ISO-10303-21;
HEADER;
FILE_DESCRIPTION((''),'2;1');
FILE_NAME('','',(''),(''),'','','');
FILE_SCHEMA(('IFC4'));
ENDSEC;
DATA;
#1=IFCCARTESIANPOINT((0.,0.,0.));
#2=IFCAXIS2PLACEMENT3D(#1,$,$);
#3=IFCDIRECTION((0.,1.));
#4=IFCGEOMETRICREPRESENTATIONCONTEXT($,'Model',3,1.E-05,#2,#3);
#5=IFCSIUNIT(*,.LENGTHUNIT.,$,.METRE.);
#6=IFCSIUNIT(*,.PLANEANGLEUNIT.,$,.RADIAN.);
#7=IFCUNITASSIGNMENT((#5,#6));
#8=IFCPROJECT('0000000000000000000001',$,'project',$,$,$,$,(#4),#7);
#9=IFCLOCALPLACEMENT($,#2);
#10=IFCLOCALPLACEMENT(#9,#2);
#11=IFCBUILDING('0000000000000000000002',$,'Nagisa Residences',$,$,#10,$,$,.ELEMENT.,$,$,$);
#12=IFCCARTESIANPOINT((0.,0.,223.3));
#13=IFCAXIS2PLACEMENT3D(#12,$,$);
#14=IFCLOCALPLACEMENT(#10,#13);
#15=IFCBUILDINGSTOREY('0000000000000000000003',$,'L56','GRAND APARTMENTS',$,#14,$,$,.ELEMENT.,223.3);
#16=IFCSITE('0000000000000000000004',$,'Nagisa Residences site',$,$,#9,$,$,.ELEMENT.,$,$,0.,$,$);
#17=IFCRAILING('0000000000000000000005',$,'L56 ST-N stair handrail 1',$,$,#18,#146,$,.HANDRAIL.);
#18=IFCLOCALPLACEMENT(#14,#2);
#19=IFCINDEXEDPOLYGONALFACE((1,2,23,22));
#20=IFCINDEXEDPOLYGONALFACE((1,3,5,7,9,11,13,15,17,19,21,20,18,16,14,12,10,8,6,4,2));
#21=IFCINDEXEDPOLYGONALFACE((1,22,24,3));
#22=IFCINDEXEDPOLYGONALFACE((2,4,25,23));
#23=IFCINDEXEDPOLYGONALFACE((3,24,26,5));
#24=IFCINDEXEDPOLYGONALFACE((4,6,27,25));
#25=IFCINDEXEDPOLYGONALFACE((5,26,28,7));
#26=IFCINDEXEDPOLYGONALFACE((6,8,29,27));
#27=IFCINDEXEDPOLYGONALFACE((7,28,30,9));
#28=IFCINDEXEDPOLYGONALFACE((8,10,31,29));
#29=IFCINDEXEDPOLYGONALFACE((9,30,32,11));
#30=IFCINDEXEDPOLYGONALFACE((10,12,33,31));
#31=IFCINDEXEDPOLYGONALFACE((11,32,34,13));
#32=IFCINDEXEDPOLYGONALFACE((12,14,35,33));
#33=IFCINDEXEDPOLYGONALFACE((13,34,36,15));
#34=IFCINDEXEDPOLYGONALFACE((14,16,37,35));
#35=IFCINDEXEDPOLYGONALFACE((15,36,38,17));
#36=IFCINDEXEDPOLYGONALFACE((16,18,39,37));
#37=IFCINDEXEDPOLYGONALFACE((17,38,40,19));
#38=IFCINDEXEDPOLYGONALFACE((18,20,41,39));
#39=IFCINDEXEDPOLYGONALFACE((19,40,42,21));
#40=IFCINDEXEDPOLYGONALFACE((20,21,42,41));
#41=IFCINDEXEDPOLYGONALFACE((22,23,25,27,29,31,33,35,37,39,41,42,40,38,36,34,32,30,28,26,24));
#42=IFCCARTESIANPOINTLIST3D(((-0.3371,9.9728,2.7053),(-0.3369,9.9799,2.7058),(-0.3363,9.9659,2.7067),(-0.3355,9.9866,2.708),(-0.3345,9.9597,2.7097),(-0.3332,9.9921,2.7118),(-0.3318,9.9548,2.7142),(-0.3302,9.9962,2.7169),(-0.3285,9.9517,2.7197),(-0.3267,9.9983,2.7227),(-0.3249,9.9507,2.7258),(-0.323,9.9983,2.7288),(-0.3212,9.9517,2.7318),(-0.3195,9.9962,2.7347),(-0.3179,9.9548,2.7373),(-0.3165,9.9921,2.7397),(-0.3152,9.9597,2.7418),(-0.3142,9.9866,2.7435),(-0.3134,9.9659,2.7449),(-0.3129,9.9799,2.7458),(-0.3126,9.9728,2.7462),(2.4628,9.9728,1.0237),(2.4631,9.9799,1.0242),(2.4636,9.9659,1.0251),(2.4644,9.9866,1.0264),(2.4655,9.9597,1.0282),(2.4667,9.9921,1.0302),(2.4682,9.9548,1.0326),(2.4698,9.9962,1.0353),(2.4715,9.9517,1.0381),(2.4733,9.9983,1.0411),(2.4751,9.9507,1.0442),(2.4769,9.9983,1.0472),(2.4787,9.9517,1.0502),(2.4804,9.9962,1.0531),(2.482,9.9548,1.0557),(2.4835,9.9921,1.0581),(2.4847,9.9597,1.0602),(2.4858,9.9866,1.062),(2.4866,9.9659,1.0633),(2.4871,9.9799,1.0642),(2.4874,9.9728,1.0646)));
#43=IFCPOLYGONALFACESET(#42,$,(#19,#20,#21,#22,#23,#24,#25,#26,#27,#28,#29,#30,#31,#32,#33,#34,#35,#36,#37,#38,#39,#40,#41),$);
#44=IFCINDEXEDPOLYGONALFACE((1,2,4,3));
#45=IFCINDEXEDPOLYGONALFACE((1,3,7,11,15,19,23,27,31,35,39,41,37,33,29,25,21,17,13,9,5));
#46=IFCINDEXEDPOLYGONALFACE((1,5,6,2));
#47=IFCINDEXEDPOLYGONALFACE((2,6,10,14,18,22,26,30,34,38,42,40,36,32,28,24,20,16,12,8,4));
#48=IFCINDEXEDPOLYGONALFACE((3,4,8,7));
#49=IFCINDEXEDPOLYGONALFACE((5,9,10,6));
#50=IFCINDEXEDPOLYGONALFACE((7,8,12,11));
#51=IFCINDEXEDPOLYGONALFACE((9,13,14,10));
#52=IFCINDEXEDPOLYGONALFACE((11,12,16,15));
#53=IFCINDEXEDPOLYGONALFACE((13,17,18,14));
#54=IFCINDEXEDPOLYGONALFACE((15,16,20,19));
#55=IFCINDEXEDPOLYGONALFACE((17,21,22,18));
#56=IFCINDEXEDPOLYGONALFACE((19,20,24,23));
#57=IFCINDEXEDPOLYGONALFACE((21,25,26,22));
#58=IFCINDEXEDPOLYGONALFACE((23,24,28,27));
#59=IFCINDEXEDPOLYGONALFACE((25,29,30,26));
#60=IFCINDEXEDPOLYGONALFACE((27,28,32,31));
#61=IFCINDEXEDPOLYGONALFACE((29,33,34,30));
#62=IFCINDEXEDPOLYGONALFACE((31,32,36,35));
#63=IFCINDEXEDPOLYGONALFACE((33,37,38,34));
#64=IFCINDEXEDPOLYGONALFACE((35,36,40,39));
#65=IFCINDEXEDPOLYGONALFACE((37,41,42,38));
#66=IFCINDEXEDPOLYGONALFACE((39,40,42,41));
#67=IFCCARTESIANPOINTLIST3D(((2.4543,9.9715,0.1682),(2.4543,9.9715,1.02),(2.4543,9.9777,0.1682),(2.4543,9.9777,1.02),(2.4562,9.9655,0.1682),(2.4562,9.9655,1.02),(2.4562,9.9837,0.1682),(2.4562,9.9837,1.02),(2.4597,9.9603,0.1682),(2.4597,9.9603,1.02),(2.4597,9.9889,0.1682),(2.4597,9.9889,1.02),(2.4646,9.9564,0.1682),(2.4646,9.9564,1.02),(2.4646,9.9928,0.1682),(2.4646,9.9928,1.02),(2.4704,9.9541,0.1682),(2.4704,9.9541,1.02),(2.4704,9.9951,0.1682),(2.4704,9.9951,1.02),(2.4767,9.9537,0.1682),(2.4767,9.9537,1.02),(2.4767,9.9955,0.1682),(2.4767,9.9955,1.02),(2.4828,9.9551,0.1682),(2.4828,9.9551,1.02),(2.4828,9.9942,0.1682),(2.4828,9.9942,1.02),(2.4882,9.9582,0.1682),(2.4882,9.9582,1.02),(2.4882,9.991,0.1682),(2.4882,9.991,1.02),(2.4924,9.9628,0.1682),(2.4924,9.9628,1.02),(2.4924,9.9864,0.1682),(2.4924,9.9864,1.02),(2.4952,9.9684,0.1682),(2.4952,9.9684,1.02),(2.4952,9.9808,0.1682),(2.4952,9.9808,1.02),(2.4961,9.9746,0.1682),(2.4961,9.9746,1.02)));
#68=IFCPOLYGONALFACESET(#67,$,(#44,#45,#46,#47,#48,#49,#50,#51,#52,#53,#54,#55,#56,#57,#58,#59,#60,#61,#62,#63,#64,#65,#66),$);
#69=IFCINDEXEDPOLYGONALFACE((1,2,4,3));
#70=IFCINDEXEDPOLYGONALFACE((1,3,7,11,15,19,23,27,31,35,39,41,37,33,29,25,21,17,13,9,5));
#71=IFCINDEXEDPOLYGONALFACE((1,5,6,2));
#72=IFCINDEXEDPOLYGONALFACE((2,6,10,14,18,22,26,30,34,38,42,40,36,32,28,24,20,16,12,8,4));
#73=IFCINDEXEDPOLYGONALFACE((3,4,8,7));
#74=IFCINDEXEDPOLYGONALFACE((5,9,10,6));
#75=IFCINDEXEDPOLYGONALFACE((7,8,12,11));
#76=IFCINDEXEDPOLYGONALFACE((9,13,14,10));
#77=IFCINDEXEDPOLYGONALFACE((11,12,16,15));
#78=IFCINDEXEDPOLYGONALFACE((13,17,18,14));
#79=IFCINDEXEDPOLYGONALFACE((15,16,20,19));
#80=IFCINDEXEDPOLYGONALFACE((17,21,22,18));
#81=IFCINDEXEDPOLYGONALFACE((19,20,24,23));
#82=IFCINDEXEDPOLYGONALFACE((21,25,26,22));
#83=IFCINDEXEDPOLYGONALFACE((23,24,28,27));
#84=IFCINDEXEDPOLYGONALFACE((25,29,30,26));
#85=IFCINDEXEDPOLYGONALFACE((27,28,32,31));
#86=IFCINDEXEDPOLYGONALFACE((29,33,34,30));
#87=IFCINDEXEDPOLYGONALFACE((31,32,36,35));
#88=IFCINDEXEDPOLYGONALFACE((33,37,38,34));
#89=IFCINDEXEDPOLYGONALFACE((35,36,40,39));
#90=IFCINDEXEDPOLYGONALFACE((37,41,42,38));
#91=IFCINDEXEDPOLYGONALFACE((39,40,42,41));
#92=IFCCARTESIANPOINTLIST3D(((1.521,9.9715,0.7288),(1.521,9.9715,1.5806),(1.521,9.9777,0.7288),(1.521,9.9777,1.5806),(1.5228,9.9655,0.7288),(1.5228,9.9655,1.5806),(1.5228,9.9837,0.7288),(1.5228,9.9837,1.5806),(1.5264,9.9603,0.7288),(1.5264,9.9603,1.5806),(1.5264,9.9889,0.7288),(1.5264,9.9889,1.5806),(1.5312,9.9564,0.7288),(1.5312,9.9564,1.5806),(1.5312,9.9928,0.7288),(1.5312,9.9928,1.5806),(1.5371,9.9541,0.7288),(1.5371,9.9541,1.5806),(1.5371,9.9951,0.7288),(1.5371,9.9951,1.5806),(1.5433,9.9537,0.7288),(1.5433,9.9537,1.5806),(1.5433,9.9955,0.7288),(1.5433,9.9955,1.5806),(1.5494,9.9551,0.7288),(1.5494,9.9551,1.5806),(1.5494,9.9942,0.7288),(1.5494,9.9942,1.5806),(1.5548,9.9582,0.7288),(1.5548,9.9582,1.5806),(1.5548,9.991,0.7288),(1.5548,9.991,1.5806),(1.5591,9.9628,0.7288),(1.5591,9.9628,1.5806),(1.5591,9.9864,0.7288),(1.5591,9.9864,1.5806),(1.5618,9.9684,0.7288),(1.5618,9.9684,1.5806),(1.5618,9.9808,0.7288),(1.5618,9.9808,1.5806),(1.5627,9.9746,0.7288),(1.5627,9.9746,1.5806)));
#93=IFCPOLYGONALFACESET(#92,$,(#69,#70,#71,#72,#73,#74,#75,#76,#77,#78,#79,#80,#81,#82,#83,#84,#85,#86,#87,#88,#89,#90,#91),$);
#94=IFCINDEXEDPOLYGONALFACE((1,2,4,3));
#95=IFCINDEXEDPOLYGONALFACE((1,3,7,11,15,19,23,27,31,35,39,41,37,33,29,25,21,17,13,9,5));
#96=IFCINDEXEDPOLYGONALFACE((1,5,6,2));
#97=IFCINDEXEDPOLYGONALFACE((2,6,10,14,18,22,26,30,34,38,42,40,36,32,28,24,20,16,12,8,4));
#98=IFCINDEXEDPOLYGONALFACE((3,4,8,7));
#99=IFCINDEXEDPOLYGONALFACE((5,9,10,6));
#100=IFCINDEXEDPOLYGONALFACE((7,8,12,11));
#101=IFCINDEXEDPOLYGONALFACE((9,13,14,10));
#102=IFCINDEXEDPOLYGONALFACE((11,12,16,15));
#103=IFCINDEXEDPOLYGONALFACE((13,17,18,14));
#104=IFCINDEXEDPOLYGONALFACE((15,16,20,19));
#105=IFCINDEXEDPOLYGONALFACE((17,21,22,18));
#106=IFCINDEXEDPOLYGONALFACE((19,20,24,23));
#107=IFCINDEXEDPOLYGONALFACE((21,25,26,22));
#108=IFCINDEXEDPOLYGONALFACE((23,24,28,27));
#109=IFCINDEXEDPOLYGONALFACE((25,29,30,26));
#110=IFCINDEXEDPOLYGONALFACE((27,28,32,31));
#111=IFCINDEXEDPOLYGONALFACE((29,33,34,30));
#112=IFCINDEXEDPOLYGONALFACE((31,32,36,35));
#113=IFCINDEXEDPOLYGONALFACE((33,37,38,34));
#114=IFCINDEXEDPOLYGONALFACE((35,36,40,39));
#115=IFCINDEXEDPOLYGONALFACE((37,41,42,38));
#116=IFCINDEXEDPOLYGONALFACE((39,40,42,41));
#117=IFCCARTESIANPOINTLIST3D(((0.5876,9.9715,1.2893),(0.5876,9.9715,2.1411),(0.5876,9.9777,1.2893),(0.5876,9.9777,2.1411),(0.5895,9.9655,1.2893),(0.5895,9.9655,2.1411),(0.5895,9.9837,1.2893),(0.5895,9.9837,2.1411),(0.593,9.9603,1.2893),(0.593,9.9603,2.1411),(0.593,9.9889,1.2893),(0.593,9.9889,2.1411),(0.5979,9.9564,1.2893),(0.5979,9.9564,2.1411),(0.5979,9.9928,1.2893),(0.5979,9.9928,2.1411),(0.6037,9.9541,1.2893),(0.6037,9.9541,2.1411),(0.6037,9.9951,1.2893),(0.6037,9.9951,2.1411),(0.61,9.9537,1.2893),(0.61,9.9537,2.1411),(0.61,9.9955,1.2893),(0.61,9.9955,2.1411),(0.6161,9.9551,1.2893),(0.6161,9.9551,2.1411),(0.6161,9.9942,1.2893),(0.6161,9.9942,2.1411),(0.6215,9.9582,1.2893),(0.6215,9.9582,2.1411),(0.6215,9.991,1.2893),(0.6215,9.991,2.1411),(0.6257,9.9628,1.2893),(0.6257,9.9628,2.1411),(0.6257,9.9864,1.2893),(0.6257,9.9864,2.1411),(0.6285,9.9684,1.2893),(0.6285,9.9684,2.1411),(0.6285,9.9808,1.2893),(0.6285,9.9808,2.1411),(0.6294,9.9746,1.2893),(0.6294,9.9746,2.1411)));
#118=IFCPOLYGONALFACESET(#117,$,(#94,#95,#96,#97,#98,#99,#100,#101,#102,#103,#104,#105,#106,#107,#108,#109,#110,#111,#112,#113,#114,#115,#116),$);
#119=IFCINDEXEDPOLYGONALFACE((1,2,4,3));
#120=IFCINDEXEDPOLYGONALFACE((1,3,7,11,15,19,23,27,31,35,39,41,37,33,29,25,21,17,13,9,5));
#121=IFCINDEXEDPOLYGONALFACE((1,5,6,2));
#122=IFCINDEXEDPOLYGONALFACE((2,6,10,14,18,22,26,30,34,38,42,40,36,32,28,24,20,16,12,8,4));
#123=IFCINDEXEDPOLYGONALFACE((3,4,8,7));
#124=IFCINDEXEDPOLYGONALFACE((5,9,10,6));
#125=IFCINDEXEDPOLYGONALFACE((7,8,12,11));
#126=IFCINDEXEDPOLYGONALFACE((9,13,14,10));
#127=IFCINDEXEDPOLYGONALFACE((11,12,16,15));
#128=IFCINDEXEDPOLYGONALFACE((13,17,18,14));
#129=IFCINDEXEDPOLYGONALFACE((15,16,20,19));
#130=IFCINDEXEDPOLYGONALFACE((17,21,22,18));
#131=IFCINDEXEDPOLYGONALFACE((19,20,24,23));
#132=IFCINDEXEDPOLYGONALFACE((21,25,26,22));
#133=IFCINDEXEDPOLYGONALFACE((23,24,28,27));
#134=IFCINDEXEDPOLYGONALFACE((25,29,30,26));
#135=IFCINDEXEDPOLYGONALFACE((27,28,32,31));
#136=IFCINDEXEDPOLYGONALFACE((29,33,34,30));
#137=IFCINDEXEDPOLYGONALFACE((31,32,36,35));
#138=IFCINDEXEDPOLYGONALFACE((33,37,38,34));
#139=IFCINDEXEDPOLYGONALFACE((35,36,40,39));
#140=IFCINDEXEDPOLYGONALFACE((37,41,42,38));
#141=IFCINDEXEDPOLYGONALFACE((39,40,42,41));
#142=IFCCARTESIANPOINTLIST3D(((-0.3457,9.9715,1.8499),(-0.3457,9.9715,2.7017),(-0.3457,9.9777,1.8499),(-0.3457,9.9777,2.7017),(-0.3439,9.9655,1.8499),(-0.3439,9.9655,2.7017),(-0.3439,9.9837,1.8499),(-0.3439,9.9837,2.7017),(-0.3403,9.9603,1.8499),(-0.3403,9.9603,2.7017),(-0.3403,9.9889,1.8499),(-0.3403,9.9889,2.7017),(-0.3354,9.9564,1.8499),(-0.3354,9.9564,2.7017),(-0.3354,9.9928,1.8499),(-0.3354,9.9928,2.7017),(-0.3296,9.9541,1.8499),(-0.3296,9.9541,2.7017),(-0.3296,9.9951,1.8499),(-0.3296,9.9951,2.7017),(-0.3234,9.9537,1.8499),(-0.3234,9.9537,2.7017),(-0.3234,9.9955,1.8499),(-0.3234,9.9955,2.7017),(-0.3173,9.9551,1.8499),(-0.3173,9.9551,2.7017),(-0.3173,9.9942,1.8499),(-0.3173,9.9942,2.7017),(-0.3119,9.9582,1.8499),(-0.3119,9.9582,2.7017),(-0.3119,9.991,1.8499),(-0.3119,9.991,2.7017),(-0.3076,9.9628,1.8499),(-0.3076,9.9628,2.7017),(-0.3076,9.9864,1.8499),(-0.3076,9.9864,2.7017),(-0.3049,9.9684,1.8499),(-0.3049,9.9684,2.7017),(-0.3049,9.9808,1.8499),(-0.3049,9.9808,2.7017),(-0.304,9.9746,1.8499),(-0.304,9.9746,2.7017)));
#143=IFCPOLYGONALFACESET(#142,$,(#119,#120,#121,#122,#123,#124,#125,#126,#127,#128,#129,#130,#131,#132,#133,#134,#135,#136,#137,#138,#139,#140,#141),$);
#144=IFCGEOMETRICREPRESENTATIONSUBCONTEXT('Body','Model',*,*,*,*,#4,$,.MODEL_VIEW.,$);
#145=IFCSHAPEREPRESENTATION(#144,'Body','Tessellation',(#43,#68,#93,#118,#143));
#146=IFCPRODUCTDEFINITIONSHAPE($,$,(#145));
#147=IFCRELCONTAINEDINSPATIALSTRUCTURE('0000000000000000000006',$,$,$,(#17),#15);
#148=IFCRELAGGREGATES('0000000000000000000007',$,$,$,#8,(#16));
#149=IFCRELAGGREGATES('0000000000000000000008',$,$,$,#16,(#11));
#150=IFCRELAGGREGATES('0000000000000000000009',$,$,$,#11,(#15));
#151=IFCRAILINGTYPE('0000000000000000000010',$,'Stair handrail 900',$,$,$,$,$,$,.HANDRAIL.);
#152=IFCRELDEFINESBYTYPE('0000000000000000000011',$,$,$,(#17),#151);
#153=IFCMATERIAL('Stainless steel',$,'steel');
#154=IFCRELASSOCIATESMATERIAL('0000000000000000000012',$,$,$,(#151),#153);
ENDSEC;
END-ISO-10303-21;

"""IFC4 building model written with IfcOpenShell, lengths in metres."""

from ifc_helpers import new_model, si_unit, direction, frame, origin, origin_2d, place, context, subcontext, project, spatial, circle, extrude, material, type_object, element, save


model = new_model("IFC4")

# Units and contexts
model_context = context("Model", 3, precision=1e-05, world=origin(), true_north=direction((0.0, 1.0)))
body_context = subcontext(model_context, "Body", "Model", "MODEL_VIEW")
ifc_project = project(units=[si_unit("LENGTHUNIT", "METRE"), si_unit("PLANEANGLEUNIT", "RADIAN")], contexts=[model_context])

# Site, building, storey
site_placement = place(None, origin())
site = spatial("IfcSite", under=ifc_project, at=site_placement, Name="Nagisa Residences site", CompositionType="ELEMENT", RefElevation=0.0)
building_placement = place(site_placement, origin())
building = spatial("IfcBuilding", under=site, at=building_placement, Name="Nagisa Residences", CompositionType="ELEMENT")
storey_placement = place(building_placement, frame((0.0, 0.0, 223.3)))
storey = spatial("IfcBuildingStorey", under=building, at=storey_placement, Name="L56", Description="GRAND APARTMENTS", CompositionType="ELEMENT", Elevation=223.3)

# Railing
ifc_material_1 = material(Name="Stainless steel", Category="steel")
railing_type_1 = type_object("IfcRailingType", Name="Stair handrail 900", PredefinedType="HANDRAIL", material=ifc_material_1)
railing_1_placement = place(storey_placement, frame((2.4751, 9.9746, 0.1682)))
element("IfcRailing", 1, at=railing_1_placement, inside=storey, type_object=railing_type_1, Name="L56 ST-N stair handrail 1", PredefinedType="HANDRAIL", context=body_context, shape_type="SweptSolid", body=[
    extrude(circle(Radius=0.0239, at=origin_2d()), frame((0.0, 0.0, 0.876), z_axis=(-0.857275, 0.0, 0.514858), x_axis=(0.0, -1.0, 0.0)), (0.0, 0.0, 1.0), 3.2661),
    extrude(circle(Radius=0.021, at=origin_2d()), origin(), (0.0, 0.0, 1.0), 0.8518),
    extrude(circle(Radius=0.021, at=origin_2d()), frame((-0.9333, 0.0, 0.5605)), (0.0, 0.0, 1.0), 0.8518),
    extrude(circle(Radius=0.021, at=origin_2d()), frame((-1.8667, 0.0, 1.1211)), (0.0, 0.0, 1.0), 0.8518),
    extrude(circle(Radius=0.021, at=origin_2d()), frame((-2.8, 0.0, 1.6816)), (0.0, 0.0, 1.0), 0.8518),
])

save(model, "model.ifc")
